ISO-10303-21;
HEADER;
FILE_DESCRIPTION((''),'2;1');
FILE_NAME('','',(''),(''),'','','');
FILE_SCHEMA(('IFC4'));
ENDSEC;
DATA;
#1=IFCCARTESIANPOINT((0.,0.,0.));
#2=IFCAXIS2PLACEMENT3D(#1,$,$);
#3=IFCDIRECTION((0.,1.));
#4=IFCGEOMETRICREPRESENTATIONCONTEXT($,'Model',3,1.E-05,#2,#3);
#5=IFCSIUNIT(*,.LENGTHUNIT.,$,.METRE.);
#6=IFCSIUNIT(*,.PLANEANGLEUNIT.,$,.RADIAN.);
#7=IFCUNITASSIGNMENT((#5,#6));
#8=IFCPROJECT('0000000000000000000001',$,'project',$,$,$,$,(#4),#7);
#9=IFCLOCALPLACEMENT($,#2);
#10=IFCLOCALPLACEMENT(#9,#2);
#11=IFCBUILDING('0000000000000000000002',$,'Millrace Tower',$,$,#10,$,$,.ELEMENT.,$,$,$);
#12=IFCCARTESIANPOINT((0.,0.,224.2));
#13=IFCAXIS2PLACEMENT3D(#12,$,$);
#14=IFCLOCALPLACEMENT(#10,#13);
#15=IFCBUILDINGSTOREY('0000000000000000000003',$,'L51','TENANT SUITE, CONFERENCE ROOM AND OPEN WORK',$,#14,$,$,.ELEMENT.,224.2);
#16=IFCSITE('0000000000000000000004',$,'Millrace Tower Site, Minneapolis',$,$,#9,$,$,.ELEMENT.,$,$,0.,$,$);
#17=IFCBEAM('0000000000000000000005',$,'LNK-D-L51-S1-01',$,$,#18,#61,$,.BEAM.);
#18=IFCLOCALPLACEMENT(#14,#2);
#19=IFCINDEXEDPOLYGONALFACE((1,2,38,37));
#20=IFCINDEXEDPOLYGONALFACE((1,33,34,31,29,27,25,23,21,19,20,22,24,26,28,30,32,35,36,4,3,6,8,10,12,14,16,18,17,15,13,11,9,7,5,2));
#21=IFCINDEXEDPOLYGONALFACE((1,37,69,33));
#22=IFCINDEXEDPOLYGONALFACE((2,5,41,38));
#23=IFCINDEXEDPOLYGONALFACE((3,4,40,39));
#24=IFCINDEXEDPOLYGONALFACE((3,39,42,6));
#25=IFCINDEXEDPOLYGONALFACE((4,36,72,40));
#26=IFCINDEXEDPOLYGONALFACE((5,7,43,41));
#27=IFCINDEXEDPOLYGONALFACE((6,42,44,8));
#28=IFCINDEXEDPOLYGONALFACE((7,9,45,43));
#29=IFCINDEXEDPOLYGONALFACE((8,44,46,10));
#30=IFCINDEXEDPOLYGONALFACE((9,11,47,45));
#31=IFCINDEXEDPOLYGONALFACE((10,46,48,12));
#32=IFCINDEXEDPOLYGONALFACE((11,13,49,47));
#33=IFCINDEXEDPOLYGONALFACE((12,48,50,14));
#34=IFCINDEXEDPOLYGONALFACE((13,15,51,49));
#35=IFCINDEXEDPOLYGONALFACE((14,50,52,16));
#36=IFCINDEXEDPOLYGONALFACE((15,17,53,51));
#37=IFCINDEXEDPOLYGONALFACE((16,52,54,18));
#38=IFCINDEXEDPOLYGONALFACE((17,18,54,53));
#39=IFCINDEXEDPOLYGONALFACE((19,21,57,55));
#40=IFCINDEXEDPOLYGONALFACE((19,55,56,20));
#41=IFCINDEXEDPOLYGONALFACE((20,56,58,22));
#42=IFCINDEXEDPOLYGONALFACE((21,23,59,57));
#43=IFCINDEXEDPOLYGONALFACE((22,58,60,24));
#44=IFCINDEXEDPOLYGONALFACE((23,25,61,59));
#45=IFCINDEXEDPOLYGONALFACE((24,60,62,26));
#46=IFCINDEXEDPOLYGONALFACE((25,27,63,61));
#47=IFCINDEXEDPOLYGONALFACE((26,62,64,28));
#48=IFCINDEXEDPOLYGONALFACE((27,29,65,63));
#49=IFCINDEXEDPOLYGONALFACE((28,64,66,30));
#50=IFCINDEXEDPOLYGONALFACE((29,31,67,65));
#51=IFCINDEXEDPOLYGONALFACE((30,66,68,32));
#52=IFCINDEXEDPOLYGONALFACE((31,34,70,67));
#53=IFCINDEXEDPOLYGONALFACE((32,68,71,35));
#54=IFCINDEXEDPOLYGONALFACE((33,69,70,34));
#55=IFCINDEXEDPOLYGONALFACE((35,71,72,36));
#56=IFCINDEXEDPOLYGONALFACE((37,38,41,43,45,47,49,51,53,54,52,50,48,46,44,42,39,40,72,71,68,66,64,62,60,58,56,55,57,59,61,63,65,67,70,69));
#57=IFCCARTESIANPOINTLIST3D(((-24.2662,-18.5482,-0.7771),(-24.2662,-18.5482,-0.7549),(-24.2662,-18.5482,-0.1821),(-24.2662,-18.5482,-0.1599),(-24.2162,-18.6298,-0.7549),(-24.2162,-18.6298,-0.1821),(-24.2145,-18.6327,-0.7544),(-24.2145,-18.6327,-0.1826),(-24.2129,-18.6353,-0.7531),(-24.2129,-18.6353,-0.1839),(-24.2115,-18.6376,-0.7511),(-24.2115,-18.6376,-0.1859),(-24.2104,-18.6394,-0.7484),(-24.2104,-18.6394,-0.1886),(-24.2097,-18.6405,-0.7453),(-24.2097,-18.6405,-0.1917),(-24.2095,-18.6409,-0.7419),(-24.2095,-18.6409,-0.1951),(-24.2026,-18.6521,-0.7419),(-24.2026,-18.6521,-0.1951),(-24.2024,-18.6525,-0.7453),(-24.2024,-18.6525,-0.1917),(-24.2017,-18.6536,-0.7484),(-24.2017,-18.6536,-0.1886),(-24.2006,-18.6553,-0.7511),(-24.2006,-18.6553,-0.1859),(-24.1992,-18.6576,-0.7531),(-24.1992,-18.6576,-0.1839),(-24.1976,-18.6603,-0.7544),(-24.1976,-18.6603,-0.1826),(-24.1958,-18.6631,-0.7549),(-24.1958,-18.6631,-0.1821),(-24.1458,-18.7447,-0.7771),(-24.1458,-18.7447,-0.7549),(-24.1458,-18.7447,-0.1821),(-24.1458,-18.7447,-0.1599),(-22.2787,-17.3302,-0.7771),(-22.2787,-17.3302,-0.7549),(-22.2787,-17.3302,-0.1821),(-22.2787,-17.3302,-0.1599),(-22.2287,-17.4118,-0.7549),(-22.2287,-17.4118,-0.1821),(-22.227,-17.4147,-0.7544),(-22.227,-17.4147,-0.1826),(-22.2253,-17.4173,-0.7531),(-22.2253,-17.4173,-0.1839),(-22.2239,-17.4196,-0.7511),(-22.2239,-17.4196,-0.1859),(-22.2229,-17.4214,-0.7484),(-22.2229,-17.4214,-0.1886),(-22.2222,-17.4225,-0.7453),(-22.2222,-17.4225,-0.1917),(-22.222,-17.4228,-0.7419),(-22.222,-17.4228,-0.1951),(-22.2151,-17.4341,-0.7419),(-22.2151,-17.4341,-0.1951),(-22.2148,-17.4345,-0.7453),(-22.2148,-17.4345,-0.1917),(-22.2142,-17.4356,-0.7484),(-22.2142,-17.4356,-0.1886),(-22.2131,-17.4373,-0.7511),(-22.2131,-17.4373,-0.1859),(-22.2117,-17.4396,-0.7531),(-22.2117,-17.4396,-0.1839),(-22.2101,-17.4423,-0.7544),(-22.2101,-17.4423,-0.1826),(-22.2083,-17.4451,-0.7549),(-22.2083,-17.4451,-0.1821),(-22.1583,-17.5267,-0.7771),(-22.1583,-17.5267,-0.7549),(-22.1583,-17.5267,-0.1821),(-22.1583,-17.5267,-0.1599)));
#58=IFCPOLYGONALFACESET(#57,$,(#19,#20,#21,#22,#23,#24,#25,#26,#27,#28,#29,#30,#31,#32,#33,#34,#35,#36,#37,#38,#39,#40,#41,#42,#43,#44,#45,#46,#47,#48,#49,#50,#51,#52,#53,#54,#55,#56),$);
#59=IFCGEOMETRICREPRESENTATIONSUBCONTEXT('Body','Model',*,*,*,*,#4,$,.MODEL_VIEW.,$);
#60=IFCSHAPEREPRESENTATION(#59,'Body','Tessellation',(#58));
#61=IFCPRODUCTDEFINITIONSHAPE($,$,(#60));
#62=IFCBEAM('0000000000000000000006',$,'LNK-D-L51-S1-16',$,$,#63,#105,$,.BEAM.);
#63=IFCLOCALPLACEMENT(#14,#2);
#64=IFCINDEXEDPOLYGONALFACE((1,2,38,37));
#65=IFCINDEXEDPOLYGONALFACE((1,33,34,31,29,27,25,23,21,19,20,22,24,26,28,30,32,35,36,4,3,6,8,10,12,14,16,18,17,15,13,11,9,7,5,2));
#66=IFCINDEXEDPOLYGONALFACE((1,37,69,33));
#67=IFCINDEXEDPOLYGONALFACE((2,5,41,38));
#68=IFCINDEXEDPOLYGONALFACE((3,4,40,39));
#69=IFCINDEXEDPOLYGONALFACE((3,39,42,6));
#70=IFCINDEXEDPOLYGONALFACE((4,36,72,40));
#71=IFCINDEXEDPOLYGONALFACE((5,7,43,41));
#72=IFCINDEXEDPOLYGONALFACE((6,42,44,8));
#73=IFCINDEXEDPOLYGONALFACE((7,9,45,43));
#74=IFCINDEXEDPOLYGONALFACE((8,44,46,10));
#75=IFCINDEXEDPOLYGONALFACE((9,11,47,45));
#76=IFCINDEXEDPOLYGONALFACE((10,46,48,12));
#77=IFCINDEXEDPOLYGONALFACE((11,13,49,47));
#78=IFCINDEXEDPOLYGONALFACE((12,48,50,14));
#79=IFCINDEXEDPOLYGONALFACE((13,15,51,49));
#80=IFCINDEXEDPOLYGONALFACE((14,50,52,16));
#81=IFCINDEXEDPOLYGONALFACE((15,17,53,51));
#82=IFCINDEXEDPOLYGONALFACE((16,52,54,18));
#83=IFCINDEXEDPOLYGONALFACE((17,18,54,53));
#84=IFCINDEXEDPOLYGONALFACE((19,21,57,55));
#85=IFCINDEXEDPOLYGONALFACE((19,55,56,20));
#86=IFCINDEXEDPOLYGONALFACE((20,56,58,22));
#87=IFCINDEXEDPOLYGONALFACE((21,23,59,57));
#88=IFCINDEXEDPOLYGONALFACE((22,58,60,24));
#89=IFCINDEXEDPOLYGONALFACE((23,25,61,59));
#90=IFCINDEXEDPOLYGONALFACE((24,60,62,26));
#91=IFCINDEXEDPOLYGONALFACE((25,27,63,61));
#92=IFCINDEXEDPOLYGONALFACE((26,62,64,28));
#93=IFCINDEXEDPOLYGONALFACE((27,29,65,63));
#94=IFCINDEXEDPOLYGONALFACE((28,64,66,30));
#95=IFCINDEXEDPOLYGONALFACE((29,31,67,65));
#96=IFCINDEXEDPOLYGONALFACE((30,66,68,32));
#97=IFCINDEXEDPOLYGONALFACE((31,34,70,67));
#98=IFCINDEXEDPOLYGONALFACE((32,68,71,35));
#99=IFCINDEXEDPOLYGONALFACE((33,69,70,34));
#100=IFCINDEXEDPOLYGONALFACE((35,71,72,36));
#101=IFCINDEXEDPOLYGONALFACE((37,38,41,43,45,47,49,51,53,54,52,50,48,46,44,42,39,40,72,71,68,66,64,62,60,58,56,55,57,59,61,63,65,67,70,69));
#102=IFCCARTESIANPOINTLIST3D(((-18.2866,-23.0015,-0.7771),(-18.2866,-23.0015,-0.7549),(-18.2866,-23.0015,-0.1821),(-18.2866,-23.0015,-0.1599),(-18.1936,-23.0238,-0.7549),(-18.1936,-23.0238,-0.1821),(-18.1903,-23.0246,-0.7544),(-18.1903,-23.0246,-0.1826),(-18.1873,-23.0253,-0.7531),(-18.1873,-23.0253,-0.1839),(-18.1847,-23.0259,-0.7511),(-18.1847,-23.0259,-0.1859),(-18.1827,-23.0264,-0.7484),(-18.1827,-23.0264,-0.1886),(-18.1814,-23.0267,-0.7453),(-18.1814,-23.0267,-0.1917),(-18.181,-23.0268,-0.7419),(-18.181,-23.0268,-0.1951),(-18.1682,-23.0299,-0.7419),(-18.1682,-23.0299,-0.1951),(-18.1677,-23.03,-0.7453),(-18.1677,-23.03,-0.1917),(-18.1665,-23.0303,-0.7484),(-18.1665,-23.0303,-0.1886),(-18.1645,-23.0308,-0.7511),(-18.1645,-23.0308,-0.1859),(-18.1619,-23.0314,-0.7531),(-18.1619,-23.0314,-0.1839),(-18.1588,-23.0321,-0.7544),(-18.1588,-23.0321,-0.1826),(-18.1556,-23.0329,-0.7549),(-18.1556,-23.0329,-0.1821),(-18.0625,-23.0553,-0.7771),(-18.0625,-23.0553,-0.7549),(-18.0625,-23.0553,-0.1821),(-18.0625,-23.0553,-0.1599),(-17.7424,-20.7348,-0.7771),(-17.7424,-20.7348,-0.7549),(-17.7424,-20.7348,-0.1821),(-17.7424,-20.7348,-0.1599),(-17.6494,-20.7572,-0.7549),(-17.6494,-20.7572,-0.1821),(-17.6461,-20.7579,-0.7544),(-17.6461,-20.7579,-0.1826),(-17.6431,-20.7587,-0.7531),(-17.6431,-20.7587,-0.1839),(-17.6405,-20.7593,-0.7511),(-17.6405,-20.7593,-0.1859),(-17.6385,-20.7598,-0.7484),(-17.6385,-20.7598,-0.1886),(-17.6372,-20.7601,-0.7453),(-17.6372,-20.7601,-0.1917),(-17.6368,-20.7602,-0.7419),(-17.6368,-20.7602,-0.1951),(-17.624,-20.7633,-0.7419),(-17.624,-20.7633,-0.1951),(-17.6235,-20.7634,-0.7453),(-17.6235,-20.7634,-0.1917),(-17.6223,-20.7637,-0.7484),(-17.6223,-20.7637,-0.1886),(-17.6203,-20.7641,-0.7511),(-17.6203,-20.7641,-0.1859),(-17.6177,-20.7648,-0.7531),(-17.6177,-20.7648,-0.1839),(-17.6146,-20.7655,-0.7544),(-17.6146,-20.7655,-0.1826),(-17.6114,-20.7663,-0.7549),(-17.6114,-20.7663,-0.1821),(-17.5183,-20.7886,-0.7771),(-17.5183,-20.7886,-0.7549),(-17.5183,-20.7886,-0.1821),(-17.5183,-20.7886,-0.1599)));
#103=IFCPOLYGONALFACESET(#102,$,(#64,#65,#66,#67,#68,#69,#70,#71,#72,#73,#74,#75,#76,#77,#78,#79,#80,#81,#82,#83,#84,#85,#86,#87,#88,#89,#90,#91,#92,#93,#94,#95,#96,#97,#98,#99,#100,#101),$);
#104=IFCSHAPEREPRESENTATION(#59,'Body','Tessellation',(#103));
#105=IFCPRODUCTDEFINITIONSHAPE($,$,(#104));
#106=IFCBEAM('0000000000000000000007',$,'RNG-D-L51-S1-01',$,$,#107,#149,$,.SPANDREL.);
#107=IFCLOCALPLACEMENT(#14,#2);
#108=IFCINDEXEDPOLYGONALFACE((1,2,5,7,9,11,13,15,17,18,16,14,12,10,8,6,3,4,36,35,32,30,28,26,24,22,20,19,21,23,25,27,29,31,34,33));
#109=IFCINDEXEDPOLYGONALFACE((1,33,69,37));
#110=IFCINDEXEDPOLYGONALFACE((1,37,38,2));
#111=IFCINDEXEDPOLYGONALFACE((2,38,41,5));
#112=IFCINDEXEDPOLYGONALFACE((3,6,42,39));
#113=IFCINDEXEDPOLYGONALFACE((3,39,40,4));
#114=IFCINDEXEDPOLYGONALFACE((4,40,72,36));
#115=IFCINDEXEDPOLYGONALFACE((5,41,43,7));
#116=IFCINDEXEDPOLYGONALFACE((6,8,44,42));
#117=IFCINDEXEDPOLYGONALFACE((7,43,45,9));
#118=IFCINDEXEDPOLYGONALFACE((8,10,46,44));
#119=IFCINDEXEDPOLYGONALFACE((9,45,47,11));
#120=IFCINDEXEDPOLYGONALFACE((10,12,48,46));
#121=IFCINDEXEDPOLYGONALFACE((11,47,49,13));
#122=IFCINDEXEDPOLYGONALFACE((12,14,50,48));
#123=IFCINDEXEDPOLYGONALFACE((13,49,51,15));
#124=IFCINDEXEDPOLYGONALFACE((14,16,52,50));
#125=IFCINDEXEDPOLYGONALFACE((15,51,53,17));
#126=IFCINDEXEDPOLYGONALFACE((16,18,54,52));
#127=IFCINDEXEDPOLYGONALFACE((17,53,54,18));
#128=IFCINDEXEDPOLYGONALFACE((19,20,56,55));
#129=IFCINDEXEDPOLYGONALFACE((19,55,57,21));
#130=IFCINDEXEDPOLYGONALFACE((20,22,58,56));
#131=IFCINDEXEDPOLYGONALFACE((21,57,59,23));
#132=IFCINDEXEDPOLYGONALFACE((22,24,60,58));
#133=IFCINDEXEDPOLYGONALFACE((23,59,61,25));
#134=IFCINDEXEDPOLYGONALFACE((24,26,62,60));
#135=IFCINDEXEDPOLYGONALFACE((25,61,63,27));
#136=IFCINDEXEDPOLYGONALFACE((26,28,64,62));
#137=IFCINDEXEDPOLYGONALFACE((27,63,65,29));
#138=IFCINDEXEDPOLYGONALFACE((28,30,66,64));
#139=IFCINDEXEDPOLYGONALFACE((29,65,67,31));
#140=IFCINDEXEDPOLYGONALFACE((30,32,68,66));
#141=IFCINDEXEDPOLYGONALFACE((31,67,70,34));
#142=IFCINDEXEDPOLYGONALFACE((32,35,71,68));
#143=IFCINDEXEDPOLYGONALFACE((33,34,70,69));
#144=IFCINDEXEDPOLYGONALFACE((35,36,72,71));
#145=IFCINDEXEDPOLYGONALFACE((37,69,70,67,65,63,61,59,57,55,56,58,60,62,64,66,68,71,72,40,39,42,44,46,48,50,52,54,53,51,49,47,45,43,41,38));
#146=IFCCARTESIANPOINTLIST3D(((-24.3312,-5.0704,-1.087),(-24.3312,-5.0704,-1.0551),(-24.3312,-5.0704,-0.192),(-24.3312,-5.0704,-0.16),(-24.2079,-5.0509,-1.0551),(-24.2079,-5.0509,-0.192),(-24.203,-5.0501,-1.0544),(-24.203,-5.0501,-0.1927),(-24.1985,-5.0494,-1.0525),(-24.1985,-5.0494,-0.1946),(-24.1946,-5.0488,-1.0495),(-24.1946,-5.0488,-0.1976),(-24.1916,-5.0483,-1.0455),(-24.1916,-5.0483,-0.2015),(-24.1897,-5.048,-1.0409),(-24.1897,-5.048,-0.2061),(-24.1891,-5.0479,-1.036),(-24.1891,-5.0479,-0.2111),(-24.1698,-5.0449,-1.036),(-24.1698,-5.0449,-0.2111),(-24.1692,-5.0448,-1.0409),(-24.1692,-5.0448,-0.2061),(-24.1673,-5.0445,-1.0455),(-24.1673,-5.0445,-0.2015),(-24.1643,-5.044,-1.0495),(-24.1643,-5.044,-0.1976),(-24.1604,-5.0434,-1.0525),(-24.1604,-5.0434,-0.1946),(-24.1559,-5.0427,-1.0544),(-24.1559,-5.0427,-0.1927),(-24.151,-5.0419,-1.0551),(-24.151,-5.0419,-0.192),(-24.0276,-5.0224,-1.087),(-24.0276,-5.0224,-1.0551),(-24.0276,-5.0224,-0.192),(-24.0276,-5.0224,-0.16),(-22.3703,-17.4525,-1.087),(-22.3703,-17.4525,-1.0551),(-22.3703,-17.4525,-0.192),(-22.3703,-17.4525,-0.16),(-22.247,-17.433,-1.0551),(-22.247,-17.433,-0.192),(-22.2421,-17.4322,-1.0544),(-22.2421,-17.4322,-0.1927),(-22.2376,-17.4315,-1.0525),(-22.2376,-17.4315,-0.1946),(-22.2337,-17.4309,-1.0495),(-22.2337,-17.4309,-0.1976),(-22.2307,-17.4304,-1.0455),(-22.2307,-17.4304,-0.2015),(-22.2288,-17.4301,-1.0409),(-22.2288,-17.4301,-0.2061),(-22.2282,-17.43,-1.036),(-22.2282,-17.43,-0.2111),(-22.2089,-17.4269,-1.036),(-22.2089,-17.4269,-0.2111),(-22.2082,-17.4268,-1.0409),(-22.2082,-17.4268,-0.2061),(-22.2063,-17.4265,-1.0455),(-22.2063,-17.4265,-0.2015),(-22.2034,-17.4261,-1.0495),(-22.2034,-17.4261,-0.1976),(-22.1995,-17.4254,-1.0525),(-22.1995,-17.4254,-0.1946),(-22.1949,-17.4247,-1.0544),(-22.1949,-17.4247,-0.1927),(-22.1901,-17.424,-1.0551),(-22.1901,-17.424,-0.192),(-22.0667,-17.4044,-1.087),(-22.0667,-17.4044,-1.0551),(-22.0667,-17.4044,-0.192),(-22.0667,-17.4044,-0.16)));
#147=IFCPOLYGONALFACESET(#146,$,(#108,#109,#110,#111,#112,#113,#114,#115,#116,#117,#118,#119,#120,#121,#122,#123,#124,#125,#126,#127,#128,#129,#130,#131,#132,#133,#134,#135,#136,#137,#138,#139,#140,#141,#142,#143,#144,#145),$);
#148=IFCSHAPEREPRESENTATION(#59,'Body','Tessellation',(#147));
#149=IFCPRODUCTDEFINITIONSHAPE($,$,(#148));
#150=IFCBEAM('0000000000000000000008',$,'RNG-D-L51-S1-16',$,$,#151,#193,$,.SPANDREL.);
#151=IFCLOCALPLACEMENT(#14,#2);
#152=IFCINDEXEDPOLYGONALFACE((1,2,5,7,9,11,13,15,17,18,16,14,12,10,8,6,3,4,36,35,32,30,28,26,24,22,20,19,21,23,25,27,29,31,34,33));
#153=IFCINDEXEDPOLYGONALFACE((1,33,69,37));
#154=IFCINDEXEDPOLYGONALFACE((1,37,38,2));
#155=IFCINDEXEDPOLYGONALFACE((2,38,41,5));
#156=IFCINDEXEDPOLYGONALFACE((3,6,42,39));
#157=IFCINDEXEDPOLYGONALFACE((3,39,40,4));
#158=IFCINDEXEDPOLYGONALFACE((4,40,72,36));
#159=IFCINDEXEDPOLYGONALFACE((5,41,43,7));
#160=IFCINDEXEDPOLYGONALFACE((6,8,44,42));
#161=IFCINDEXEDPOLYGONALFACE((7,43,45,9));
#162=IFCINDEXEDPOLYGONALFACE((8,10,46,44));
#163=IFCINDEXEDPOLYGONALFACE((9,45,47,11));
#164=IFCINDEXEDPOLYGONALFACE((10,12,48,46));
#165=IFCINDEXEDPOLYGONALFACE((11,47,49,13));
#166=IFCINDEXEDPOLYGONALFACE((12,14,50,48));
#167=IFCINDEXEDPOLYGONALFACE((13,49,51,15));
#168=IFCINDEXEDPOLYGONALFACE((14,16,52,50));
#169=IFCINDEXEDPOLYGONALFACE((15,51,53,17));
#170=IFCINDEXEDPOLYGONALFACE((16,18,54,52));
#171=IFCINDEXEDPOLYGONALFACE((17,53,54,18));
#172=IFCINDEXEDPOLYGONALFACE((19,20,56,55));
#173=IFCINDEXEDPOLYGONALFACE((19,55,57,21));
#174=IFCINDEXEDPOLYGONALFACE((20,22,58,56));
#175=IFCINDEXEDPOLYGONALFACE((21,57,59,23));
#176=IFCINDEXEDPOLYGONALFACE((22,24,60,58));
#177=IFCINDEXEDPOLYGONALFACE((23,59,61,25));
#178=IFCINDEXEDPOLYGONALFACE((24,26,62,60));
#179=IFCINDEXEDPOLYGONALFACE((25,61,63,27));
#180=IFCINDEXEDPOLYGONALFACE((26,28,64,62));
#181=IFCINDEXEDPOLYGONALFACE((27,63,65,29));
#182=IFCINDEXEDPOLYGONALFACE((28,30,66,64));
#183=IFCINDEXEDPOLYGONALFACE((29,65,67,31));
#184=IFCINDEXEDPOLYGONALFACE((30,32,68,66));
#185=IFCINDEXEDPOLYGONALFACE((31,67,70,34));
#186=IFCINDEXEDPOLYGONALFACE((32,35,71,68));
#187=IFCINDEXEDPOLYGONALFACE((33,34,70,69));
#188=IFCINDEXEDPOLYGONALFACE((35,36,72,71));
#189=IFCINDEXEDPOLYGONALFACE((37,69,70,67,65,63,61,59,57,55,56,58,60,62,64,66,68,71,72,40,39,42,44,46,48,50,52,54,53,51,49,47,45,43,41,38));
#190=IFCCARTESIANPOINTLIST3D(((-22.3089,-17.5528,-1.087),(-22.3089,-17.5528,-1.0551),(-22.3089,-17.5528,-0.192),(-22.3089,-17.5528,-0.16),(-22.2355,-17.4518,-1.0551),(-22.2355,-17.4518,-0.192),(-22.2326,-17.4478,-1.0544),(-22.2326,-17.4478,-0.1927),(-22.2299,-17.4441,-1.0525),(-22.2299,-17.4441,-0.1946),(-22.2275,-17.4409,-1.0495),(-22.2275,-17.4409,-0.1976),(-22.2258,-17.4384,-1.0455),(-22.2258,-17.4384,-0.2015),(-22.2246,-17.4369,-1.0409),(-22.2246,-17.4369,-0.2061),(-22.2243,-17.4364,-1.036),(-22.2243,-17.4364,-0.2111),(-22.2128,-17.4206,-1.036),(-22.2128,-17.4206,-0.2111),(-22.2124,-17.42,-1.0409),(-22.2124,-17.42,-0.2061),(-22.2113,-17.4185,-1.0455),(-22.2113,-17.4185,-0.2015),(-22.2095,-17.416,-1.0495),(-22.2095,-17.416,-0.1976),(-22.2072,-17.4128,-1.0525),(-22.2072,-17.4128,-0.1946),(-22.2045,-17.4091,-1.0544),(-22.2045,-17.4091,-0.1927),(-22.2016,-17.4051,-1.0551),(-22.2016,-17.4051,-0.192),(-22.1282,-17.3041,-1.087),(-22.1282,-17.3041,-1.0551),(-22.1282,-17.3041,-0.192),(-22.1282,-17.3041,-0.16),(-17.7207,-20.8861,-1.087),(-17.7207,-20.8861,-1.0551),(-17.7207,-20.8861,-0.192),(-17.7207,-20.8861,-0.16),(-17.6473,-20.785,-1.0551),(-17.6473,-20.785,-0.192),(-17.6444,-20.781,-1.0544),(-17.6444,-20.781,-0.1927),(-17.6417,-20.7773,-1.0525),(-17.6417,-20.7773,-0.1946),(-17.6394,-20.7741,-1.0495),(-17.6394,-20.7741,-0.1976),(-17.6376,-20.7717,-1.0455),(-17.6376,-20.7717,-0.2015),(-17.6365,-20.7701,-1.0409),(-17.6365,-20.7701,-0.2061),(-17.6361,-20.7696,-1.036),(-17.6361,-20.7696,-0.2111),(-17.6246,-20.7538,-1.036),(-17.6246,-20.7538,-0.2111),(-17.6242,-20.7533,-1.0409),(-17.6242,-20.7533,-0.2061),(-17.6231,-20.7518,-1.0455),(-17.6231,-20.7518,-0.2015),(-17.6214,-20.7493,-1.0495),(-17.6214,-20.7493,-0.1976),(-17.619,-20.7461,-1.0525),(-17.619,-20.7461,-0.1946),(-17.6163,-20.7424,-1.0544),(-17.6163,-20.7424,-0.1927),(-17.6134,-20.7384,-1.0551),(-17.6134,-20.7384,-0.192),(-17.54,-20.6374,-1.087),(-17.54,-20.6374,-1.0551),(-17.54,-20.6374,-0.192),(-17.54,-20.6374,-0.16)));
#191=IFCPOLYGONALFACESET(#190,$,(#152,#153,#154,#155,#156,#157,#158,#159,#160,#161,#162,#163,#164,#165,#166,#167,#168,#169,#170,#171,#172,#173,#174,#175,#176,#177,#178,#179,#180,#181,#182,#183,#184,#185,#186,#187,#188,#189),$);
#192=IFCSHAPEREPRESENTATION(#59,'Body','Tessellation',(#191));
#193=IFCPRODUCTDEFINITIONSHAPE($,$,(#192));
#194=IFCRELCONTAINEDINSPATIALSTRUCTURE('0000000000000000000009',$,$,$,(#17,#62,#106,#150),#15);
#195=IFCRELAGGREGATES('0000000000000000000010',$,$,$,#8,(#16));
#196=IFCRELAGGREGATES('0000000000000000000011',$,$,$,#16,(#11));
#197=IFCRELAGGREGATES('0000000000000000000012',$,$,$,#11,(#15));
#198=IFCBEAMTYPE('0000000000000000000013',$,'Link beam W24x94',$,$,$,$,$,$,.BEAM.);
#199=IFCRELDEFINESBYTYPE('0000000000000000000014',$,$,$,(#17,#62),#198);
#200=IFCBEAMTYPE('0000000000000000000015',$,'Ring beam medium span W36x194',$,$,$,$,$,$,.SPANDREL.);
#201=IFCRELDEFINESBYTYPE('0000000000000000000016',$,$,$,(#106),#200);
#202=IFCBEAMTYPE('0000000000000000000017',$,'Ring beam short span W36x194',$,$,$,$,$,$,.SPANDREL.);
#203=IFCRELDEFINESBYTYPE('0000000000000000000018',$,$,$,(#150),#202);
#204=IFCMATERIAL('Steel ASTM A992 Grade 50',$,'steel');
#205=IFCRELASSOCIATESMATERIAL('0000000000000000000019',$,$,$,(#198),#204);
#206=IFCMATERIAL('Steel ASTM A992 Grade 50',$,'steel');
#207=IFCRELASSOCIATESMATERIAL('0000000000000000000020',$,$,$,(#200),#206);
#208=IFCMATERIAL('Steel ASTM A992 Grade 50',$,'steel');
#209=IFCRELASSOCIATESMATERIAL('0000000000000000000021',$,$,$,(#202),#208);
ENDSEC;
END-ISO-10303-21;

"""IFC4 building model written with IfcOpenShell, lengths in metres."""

from ifc_helpers import new_model, si_unit, direction, frame, origin, origin_2d, place, context, subcontext, project, spatial, i_section, extrude, material, material_profile, profile_set, type_object, element, save


model = new_model("IFC4")

# Units and contexts
model_context = context("Model", 3, precision=1e-05, world=origin(), true_north=direction((0.0, 1.0)))
body_context = subcontext(model_context, "Body", "Model", "MODEL_VIEW")
ifc_project = project(units=[si_unit("LENGTHUNIT", "METRE"), si_unit("PLANEANGLEUNIT", "RADIAN")], contexts=[model_context])

# Site, building, storey
site_placement = place(None, origin())
site = spatial("IfcSite", under=ifc_project, at=site_placement, Name="Millrace Tower Site, Minneapolis", CompositionType="ELEMENT", RefElevation=0.0)
building_placement = place(site_placement, origin())
building = spatial("IfcBuilding", under=site, at=building_placement, Name="Millrace Tower", CompositionType="ELEMENT")
storey_placement = place(building_placement, frame((0.0, 0.0, 224.2)))
storey = spatial("IfcBuildingStorey", under=building, at=storey_placement, Name="L51", Description="TENANT SUITE, CONFERENCE ROOM AND OPEN WORK", CompositionType="ELEMENT", Elevation=224.2)

# Beams
ifc_material_1 = material(Name="Steel ASTM A992 Grade 50", Category="steel")
ifc_material_profile_1 = material_profile(ifc_material_1, i_section(OverallWidth=0.2305, OverallDepth=0.6172, WebThickness=0.0132, FlangeThickness=0.0222, FilletRadius=0.0129, at=origin_2d()))
ifc_profile_set_1 = profile_set([ifc_material_profile_1], Name="Steel ASTM A992 Grade 50")
beam_type_1 = type_object("IfcBeamType", Name="Link beam W24x94", PredefinedType="BEAM", material=ifc_profile_set_1)
for number, where, z_axis, x_axis, name in (
    (1, (-22.2185, -17.4285, -0.4685), (-0.852631, -0.522513, 0.0), (0.522513, -0.852631, 0.0), "LNK-D-L51-S1-01"),
    (2, (-17.6304, -20.7617, -0.4685), (-0.233456, -0.972367, 0.0), (0.972367, -0.233456, 0.0), "LNK-D-L51-S1-16"),
):
    element("IfcBeam", number, at=place(storey_placement, frame(where, z_axis=z_axis, x_axis=x_axis)), inside=storey, type_object=beam_type_1, Name=name, PredefinedType="BEAM", context=body_context, shape_type="SweptSolid", body=[
        extrude(i_section(OverallWidth=0.2305, OverallDepth=0.6172, WebThickness=0.0132, FlangeThickness=0.0222, FilletRadius=0.0129, at=origin_2d()), origin(), (0.0, 0.0, 1.0), 2.3311),
    ])
ifc_material_2 = material(Name="Steel ASTM A992 Grade 50", Category="steel")
ifc_material_profile_2 = material_profile(ifc_material_2, i_section(OverallWidth=0.3074, OverallDepth=0.927, WebThickness=0.0195, FlangeThickness=0.032, FilletRadius=0.019, at=origin_2d()))
ifc_profile_set_2 = profile_set([ifc_material_profile_2], Name="Steel ASTM A992 Grade 50")
beam_type_2 = type_object("IfcBeamType", Name="Ring beam medium span W36x194", PredefinedType="SPANDREL", material=ifc_profile_set_2)
beam_1_placement = place(storey_placement, frame((-22.2185, -17.4285, -0.6235), z_axis=(-0.15642, 0.987691, 0.0), x_axis=(-0.987691, -0.15642, 0.0)))
element("IfcBeam", 3, at=beam_1_placement, inside=storey, type_object=beam_type_2, Name="RNG-D-L51-S1-01", PredefinedType="SPANDREL", context=body_context, shape_type="SweptSolid", body=[
    extrude(i_section(OverallWidth=0.3074, OverallDepth=0.927, WebThickness=0.0195, FlangeThickness=0.032, FilletRadius=0.019, at=origin_2d()), origin(), (0.0, 0.0, 1.0), 12.5364),
])
ifc_material_3 = material(Name="Steel ASTM A992 Grade 50", Category="steel")
ifc_material_profile_3 = material_profile(ifc_material_3, i_section(OverallWidth=0.3074, OverallDepth=0.927, WebThickness=0.0195, FlangeThickness=0.032, FilletRadius=0.019, at=origin_2d()))
ifc_profile_set_3 = profile_set([ifc_material_profile_3], Name="Steel ASTM A992 Grade 50")
beam_type_3 = type_object("IfcBeamType", Name="Ring beam short span W36x194", PredefinedType="SPANDREL", material=ifc_profile_set_3)
beam_2_placement = place(storey_placement, frame((-17.6304, -20.7617, -0.6235), z_axis=(-0.809036, 0.58776, 0.0), x_axis=(-0.58776, -0.809036, 0.0)))
element("IfcBeam", 4, at=beam_2_placement, inside=storey, type_object=beam_type_3, Name="RNG-D-L51-S1-16", PredefinedType="SPANDREL", context=body_context, shape_type="SweptSolid", body=[
    extrude(i_section(OverallWidth=0.3074, OverallDepth=0.927, WebThickness=0.0195, FlangeThickness=0.032, FilletRadius=0.019, at=origin_2d()), origin(), (0.0, 0.0, 1.0), 5.6711),
])

save(model, "model.ifc")
